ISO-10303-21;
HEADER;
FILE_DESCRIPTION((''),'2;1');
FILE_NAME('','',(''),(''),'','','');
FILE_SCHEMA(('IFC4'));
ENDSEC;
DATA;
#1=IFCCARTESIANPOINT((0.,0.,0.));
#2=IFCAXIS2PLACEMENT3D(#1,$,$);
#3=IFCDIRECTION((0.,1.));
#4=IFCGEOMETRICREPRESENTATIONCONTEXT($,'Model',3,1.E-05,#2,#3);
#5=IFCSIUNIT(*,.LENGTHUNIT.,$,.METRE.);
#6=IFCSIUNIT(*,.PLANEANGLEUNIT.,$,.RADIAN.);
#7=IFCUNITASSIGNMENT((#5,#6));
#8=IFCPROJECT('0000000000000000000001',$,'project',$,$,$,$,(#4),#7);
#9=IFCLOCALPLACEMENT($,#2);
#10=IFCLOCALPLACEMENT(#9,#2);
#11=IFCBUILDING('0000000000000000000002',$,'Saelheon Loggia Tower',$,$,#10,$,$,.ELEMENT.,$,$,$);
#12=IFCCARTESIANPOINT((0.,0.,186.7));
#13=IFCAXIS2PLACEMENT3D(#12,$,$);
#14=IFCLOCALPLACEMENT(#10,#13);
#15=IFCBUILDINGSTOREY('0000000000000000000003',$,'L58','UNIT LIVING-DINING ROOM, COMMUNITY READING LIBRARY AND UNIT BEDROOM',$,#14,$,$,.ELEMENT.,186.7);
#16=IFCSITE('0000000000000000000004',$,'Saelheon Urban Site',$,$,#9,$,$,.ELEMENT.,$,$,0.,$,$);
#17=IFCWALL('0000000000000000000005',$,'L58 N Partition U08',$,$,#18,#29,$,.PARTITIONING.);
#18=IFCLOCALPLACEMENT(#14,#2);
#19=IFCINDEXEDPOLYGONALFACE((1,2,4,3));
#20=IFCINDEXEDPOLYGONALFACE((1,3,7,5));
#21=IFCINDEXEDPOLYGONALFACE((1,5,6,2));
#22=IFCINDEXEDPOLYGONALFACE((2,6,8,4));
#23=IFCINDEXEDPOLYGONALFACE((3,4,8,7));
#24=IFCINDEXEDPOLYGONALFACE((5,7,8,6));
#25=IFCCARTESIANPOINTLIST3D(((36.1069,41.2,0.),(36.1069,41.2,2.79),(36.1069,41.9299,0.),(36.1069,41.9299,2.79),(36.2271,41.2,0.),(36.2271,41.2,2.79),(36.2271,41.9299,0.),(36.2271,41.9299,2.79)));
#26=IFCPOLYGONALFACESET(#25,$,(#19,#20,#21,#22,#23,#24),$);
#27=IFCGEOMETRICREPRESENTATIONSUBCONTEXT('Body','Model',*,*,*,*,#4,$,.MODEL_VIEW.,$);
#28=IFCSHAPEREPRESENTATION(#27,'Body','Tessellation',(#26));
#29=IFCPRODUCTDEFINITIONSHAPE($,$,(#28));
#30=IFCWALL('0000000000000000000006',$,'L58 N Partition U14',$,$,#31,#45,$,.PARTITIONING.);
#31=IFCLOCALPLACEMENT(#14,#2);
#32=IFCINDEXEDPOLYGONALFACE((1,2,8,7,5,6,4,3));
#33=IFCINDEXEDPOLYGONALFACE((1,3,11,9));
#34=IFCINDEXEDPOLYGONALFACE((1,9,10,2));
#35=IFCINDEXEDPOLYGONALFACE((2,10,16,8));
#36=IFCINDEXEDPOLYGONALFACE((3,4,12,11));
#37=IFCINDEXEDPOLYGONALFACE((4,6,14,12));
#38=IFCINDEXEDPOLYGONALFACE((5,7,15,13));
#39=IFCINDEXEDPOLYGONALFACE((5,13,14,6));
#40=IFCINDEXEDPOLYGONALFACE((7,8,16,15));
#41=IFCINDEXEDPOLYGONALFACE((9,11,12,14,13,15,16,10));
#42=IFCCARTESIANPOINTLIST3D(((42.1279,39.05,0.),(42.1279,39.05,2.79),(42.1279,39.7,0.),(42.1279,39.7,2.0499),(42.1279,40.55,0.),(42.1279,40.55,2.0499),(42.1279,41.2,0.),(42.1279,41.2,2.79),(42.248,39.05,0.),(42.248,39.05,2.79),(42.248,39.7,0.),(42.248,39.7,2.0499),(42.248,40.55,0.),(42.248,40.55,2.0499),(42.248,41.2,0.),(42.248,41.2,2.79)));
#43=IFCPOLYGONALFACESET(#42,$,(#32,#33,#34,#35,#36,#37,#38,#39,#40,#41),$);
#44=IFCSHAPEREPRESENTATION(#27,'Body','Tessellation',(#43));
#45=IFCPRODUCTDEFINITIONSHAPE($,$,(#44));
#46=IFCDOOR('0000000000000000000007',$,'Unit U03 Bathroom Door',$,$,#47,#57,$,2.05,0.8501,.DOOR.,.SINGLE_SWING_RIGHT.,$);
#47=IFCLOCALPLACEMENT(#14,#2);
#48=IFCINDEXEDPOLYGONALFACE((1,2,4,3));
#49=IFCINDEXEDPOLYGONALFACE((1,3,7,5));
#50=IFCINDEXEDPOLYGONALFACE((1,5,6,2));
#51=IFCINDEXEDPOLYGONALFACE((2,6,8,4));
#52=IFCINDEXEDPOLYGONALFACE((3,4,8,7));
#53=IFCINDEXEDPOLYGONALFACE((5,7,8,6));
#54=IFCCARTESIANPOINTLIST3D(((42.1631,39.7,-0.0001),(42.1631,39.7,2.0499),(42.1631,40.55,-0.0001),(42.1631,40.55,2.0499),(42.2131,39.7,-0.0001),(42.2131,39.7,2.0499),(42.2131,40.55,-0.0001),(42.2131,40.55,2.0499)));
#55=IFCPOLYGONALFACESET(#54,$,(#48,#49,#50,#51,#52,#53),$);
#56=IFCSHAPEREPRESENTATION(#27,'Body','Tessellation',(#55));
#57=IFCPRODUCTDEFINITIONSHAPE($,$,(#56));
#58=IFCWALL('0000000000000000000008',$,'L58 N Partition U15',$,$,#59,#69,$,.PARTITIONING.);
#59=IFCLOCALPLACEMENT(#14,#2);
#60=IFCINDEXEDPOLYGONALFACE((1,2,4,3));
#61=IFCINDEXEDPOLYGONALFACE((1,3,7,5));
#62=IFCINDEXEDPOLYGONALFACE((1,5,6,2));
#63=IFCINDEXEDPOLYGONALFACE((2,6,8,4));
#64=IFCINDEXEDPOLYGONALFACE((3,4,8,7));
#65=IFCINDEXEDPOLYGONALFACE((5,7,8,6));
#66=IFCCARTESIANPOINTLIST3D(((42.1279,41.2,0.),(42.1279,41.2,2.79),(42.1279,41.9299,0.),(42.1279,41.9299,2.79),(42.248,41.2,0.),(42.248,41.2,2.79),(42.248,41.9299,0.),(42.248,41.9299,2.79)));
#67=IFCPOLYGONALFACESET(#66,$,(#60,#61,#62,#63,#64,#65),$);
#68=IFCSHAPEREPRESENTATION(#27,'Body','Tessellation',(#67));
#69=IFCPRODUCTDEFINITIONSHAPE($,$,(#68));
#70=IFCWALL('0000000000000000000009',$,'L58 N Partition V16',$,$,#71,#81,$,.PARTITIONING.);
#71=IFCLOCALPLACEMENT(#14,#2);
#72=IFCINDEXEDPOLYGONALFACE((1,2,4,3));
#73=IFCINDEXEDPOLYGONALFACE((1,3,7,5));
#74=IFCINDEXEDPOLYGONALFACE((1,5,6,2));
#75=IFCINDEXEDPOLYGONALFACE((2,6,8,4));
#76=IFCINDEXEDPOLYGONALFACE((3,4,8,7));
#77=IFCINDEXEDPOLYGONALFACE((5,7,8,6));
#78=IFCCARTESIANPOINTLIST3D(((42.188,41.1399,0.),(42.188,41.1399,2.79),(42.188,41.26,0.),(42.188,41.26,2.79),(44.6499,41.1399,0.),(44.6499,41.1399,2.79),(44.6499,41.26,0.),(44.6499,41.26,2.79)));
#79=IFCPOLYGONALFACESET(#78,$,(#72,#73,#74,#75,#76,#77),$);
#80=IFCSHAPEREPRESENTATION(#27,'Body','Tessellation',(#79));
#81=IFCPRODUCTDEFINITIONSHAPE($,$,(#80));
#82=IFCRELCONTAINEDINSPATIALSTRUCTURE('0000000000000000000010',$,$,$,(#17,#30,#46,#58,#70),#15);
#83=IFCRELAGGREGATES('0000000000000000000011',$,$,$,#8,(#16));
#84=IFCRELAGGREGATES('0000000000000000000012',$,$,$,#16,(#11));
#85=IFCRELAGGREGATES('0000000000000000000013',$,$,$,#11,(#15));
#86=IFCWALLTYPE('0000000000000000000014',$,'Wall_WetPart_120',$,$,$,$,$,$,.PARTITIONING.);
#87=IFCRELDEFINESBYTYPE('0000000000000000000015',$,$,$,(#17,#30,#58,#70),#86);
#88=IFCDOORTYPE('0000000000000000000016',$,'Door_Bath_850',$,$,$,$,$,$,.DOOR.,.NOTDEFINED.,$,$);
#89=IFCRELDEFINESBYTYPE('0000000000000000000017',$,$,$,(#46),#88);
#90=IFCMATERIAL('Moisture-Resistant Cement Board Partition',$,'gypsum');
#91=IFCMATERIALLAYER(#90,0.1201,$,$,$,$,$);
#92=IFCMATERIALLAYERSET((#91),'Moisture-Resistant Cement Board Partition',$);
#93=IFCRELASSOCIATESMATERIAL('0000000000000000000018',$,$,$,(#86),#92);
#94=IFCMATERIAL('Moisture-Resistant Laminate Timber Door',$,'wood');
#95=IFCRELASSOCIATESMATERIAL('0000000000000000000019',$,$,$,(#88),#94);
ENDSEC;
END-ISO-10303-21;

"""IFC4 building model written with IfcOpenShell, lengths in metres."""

from ifc_helpers import new_model, si_unit, direction, frame, frame_2d, origin, place, context, subcontext, project, spatial, rectangle, extrude, source, transform, mapped, material, layer, layer_set, type_object, element, fill, save


model = new_model("IFC4")

# Units and contexts
model_context = context("Model", 3, precision=1e-05, world=origin(), true_north=direction((0.0, 1.0)))
body_context = subcontext(model_context, "Body", "Model", "MODEL_VIEW")
ifc_project = project(units=[si_unit("LENGTHUNIT", "METRE"), si_unit("PLANEANGLEUNIT", "RADIAN")], contexts=[model_context])

# Site, building, storey
site_placement = place(None, origin())
site = spatial("IfcSite", under=ifc_project, at=site_placement, Name="Saelheon Urban Site", CompositionType="ELEMENT", RefElevation=0.0)
building_placement = place(site_placement, origin())
building = spatial("IfcBuilding", under=site, at=building_placement, Name="Saelheon Loggia Tower", CompositionType="ELEMENT")
storey_placement = place(building_placement, frame((0.0, 0.0, 186.7)))
storey = spatial("IfcBuildingStorey", under=building, at=storey_placement, Name="L58", Description="UNIT LIVING-DINING ROOM, COMMUNITY READING LIBRARY AND UNIT BEDROOM", CompositionType="ELEMENT", Elevation=186.7)

# Shared definitions
ifc_material_1 = material(Name="Moisture-Resistant Cement Board Partition", Category="gypsum")
ifc_layer_1 = layer(ifc_material_1, 0.1201)
ifc_layer_set_1 = layer_set([ifc_layer_1], Name="Moisture-Resistant Cement Board Partition")
wall_type_1 = type_object("IfcWallType", Name="Wall_WetPart_120", PredefinedType="PARTITIONING", material=ifc_layer_set_1)
ifc_material_2 = material(Name="Moisture-Resistant Laminate Timber Door", Category="wood")
door_type_1 = type_object("IfcDoorType", Name="Door_Bath_850", OperationType="NOTDEFINED", PredefinedType="DOOR", material=ifc_material_2)
shared_shape_1 = source(origin(), body_context, "Body", "SweptSolid", [
    extrude(rectangle(XDim=0.8501, YDim=2.05, at=frame_2d((0.425, 1.0249))), frame((0.0, 0.0249, 0.0), z_axis=(0.0, -1.0, 0.0), x_axis=(1.0, 0.0, 0.0)), (0.0, 0.0, 1.0), 0.05),
])

# Wall
wall_1_placement = place(storey_placement, frame((36.167, 41.2, 0.0), z_axis=(0.0, 0.0, 1.0), x_axis=(0.0, 1.0, 0.0)))
element("IfcWall", 1, at=wall_1_placement, inside=storey, type_object=wall_type_1, Name="L58 N Partition U08", PredefinedType="PARTITIONING", context=body_context, shape_type="SweptSolid", body=[
    extrude(rectangle(XDim=0.73, YDim=0.1201, at=frame_2d((0.365, 0.0))), origin(), (0.0, 0.0, 1.0), 2.79),
])

# Wall, opening, door
wall_2_placement = place(storey_placement, frame((42.188, 39.05, 0.0), z_axis=(0.0, 0.0, 1.0), x_axis=(0.0, 1.0, 0.0)))
wall_2 = element("IfcWall", 2, at=wall_2_placement, inside=storey, type_object=wall_type_1, Name="L58 N Partition U14", PredefinedType="PARTITIONING", context=body_context, shape_type="SweptSolid", body=[
    extrude(rectangle(XDim=2.1499, YDim=0.1201, at=frame_2d((1.075, 0.0))), origin(), (0.0, 0.0, 1.0), 2.79),
])
opening_1_placement = place(wall_2_placement, frame((0.6499, 0.0, 0.0)))
opening_1 = element("IfcOpeningElement", 3, at=opening_1_placement, cuts=wall_2, PredefinedType="OPENING", context=body_context, shape_type="SweptSolid", body=[
    extrude(rectangle(XDim=0.8501, YDim=2.05, at=frame_2d((0.425, 1.0249))), frame((0.0, 0.072, 0.0), z_axis=(0.0, -1.0, 0.0), x_axis=(1.0, 0.0, 0.0)), (0.0, 0.0, 1.0), 0.144),
])
door_1_placement = place(opening_1_placement, origin())
door_1 = element("IfcDoor", 4, at=door_1_placement, inside=storey, type_object=door_type_1, Name="Unit U03 Bathroom Door", OperationType="SINGLE_SWING_RIGHT", OverallHeight=2.05, OverallWidth=0.8501, PredefinedType="DOOR", context=body_context, shape_type="MappedRepresentation", body=[
    mapped(shared_shape_1, transform((0.0, 0.0, 0.0), scale=1.0)),
])
fill(opening_1, door_1)

# Walls
wall_3_placement = place(storey_placement, frame((42.188, 41.2, 0.0), z_axis=(0.0, 0.0, 1.0), x_axis=(0.0, 1.0, 0.0)))
element("IfcWall", 5, at=wall_3_placement, inside=storey, type_object=wall_type_1, Name="L58 N Partition U15", PredefinedType="PARTITIONING", context=body_context, shape_type="SweptSolid", body=[
    extrude(rectangle(XDim=0.73, YDim=0.1201, at=frame_2d((0.365, 0.0))), origin(), (0.0, 0.0, 1.0), 2.79),
])
wall_4_placement = place(storey_placement, frame((42.188, 41.2, 0.0), z_axis=(0.0, 0.0, 1.0), x_axis=(1.0, 0.0, 0.0)))
element("IfcWall", 6, at=wall_4_placement, inside=storey, type_object=wall_type_1, Name="L58 N Partition V16", PredefinedType="PARTITIONING", context=body_context, shape_type="SweptSolid", body=[
    extrude(rectangle(XDim=2.4619, YDim=0.1201, at=frame_2d((1.231, 0.0))), origin(), (0.0, 0.0, 1.0), 2.79),
])

save(model, "model.ifc")
